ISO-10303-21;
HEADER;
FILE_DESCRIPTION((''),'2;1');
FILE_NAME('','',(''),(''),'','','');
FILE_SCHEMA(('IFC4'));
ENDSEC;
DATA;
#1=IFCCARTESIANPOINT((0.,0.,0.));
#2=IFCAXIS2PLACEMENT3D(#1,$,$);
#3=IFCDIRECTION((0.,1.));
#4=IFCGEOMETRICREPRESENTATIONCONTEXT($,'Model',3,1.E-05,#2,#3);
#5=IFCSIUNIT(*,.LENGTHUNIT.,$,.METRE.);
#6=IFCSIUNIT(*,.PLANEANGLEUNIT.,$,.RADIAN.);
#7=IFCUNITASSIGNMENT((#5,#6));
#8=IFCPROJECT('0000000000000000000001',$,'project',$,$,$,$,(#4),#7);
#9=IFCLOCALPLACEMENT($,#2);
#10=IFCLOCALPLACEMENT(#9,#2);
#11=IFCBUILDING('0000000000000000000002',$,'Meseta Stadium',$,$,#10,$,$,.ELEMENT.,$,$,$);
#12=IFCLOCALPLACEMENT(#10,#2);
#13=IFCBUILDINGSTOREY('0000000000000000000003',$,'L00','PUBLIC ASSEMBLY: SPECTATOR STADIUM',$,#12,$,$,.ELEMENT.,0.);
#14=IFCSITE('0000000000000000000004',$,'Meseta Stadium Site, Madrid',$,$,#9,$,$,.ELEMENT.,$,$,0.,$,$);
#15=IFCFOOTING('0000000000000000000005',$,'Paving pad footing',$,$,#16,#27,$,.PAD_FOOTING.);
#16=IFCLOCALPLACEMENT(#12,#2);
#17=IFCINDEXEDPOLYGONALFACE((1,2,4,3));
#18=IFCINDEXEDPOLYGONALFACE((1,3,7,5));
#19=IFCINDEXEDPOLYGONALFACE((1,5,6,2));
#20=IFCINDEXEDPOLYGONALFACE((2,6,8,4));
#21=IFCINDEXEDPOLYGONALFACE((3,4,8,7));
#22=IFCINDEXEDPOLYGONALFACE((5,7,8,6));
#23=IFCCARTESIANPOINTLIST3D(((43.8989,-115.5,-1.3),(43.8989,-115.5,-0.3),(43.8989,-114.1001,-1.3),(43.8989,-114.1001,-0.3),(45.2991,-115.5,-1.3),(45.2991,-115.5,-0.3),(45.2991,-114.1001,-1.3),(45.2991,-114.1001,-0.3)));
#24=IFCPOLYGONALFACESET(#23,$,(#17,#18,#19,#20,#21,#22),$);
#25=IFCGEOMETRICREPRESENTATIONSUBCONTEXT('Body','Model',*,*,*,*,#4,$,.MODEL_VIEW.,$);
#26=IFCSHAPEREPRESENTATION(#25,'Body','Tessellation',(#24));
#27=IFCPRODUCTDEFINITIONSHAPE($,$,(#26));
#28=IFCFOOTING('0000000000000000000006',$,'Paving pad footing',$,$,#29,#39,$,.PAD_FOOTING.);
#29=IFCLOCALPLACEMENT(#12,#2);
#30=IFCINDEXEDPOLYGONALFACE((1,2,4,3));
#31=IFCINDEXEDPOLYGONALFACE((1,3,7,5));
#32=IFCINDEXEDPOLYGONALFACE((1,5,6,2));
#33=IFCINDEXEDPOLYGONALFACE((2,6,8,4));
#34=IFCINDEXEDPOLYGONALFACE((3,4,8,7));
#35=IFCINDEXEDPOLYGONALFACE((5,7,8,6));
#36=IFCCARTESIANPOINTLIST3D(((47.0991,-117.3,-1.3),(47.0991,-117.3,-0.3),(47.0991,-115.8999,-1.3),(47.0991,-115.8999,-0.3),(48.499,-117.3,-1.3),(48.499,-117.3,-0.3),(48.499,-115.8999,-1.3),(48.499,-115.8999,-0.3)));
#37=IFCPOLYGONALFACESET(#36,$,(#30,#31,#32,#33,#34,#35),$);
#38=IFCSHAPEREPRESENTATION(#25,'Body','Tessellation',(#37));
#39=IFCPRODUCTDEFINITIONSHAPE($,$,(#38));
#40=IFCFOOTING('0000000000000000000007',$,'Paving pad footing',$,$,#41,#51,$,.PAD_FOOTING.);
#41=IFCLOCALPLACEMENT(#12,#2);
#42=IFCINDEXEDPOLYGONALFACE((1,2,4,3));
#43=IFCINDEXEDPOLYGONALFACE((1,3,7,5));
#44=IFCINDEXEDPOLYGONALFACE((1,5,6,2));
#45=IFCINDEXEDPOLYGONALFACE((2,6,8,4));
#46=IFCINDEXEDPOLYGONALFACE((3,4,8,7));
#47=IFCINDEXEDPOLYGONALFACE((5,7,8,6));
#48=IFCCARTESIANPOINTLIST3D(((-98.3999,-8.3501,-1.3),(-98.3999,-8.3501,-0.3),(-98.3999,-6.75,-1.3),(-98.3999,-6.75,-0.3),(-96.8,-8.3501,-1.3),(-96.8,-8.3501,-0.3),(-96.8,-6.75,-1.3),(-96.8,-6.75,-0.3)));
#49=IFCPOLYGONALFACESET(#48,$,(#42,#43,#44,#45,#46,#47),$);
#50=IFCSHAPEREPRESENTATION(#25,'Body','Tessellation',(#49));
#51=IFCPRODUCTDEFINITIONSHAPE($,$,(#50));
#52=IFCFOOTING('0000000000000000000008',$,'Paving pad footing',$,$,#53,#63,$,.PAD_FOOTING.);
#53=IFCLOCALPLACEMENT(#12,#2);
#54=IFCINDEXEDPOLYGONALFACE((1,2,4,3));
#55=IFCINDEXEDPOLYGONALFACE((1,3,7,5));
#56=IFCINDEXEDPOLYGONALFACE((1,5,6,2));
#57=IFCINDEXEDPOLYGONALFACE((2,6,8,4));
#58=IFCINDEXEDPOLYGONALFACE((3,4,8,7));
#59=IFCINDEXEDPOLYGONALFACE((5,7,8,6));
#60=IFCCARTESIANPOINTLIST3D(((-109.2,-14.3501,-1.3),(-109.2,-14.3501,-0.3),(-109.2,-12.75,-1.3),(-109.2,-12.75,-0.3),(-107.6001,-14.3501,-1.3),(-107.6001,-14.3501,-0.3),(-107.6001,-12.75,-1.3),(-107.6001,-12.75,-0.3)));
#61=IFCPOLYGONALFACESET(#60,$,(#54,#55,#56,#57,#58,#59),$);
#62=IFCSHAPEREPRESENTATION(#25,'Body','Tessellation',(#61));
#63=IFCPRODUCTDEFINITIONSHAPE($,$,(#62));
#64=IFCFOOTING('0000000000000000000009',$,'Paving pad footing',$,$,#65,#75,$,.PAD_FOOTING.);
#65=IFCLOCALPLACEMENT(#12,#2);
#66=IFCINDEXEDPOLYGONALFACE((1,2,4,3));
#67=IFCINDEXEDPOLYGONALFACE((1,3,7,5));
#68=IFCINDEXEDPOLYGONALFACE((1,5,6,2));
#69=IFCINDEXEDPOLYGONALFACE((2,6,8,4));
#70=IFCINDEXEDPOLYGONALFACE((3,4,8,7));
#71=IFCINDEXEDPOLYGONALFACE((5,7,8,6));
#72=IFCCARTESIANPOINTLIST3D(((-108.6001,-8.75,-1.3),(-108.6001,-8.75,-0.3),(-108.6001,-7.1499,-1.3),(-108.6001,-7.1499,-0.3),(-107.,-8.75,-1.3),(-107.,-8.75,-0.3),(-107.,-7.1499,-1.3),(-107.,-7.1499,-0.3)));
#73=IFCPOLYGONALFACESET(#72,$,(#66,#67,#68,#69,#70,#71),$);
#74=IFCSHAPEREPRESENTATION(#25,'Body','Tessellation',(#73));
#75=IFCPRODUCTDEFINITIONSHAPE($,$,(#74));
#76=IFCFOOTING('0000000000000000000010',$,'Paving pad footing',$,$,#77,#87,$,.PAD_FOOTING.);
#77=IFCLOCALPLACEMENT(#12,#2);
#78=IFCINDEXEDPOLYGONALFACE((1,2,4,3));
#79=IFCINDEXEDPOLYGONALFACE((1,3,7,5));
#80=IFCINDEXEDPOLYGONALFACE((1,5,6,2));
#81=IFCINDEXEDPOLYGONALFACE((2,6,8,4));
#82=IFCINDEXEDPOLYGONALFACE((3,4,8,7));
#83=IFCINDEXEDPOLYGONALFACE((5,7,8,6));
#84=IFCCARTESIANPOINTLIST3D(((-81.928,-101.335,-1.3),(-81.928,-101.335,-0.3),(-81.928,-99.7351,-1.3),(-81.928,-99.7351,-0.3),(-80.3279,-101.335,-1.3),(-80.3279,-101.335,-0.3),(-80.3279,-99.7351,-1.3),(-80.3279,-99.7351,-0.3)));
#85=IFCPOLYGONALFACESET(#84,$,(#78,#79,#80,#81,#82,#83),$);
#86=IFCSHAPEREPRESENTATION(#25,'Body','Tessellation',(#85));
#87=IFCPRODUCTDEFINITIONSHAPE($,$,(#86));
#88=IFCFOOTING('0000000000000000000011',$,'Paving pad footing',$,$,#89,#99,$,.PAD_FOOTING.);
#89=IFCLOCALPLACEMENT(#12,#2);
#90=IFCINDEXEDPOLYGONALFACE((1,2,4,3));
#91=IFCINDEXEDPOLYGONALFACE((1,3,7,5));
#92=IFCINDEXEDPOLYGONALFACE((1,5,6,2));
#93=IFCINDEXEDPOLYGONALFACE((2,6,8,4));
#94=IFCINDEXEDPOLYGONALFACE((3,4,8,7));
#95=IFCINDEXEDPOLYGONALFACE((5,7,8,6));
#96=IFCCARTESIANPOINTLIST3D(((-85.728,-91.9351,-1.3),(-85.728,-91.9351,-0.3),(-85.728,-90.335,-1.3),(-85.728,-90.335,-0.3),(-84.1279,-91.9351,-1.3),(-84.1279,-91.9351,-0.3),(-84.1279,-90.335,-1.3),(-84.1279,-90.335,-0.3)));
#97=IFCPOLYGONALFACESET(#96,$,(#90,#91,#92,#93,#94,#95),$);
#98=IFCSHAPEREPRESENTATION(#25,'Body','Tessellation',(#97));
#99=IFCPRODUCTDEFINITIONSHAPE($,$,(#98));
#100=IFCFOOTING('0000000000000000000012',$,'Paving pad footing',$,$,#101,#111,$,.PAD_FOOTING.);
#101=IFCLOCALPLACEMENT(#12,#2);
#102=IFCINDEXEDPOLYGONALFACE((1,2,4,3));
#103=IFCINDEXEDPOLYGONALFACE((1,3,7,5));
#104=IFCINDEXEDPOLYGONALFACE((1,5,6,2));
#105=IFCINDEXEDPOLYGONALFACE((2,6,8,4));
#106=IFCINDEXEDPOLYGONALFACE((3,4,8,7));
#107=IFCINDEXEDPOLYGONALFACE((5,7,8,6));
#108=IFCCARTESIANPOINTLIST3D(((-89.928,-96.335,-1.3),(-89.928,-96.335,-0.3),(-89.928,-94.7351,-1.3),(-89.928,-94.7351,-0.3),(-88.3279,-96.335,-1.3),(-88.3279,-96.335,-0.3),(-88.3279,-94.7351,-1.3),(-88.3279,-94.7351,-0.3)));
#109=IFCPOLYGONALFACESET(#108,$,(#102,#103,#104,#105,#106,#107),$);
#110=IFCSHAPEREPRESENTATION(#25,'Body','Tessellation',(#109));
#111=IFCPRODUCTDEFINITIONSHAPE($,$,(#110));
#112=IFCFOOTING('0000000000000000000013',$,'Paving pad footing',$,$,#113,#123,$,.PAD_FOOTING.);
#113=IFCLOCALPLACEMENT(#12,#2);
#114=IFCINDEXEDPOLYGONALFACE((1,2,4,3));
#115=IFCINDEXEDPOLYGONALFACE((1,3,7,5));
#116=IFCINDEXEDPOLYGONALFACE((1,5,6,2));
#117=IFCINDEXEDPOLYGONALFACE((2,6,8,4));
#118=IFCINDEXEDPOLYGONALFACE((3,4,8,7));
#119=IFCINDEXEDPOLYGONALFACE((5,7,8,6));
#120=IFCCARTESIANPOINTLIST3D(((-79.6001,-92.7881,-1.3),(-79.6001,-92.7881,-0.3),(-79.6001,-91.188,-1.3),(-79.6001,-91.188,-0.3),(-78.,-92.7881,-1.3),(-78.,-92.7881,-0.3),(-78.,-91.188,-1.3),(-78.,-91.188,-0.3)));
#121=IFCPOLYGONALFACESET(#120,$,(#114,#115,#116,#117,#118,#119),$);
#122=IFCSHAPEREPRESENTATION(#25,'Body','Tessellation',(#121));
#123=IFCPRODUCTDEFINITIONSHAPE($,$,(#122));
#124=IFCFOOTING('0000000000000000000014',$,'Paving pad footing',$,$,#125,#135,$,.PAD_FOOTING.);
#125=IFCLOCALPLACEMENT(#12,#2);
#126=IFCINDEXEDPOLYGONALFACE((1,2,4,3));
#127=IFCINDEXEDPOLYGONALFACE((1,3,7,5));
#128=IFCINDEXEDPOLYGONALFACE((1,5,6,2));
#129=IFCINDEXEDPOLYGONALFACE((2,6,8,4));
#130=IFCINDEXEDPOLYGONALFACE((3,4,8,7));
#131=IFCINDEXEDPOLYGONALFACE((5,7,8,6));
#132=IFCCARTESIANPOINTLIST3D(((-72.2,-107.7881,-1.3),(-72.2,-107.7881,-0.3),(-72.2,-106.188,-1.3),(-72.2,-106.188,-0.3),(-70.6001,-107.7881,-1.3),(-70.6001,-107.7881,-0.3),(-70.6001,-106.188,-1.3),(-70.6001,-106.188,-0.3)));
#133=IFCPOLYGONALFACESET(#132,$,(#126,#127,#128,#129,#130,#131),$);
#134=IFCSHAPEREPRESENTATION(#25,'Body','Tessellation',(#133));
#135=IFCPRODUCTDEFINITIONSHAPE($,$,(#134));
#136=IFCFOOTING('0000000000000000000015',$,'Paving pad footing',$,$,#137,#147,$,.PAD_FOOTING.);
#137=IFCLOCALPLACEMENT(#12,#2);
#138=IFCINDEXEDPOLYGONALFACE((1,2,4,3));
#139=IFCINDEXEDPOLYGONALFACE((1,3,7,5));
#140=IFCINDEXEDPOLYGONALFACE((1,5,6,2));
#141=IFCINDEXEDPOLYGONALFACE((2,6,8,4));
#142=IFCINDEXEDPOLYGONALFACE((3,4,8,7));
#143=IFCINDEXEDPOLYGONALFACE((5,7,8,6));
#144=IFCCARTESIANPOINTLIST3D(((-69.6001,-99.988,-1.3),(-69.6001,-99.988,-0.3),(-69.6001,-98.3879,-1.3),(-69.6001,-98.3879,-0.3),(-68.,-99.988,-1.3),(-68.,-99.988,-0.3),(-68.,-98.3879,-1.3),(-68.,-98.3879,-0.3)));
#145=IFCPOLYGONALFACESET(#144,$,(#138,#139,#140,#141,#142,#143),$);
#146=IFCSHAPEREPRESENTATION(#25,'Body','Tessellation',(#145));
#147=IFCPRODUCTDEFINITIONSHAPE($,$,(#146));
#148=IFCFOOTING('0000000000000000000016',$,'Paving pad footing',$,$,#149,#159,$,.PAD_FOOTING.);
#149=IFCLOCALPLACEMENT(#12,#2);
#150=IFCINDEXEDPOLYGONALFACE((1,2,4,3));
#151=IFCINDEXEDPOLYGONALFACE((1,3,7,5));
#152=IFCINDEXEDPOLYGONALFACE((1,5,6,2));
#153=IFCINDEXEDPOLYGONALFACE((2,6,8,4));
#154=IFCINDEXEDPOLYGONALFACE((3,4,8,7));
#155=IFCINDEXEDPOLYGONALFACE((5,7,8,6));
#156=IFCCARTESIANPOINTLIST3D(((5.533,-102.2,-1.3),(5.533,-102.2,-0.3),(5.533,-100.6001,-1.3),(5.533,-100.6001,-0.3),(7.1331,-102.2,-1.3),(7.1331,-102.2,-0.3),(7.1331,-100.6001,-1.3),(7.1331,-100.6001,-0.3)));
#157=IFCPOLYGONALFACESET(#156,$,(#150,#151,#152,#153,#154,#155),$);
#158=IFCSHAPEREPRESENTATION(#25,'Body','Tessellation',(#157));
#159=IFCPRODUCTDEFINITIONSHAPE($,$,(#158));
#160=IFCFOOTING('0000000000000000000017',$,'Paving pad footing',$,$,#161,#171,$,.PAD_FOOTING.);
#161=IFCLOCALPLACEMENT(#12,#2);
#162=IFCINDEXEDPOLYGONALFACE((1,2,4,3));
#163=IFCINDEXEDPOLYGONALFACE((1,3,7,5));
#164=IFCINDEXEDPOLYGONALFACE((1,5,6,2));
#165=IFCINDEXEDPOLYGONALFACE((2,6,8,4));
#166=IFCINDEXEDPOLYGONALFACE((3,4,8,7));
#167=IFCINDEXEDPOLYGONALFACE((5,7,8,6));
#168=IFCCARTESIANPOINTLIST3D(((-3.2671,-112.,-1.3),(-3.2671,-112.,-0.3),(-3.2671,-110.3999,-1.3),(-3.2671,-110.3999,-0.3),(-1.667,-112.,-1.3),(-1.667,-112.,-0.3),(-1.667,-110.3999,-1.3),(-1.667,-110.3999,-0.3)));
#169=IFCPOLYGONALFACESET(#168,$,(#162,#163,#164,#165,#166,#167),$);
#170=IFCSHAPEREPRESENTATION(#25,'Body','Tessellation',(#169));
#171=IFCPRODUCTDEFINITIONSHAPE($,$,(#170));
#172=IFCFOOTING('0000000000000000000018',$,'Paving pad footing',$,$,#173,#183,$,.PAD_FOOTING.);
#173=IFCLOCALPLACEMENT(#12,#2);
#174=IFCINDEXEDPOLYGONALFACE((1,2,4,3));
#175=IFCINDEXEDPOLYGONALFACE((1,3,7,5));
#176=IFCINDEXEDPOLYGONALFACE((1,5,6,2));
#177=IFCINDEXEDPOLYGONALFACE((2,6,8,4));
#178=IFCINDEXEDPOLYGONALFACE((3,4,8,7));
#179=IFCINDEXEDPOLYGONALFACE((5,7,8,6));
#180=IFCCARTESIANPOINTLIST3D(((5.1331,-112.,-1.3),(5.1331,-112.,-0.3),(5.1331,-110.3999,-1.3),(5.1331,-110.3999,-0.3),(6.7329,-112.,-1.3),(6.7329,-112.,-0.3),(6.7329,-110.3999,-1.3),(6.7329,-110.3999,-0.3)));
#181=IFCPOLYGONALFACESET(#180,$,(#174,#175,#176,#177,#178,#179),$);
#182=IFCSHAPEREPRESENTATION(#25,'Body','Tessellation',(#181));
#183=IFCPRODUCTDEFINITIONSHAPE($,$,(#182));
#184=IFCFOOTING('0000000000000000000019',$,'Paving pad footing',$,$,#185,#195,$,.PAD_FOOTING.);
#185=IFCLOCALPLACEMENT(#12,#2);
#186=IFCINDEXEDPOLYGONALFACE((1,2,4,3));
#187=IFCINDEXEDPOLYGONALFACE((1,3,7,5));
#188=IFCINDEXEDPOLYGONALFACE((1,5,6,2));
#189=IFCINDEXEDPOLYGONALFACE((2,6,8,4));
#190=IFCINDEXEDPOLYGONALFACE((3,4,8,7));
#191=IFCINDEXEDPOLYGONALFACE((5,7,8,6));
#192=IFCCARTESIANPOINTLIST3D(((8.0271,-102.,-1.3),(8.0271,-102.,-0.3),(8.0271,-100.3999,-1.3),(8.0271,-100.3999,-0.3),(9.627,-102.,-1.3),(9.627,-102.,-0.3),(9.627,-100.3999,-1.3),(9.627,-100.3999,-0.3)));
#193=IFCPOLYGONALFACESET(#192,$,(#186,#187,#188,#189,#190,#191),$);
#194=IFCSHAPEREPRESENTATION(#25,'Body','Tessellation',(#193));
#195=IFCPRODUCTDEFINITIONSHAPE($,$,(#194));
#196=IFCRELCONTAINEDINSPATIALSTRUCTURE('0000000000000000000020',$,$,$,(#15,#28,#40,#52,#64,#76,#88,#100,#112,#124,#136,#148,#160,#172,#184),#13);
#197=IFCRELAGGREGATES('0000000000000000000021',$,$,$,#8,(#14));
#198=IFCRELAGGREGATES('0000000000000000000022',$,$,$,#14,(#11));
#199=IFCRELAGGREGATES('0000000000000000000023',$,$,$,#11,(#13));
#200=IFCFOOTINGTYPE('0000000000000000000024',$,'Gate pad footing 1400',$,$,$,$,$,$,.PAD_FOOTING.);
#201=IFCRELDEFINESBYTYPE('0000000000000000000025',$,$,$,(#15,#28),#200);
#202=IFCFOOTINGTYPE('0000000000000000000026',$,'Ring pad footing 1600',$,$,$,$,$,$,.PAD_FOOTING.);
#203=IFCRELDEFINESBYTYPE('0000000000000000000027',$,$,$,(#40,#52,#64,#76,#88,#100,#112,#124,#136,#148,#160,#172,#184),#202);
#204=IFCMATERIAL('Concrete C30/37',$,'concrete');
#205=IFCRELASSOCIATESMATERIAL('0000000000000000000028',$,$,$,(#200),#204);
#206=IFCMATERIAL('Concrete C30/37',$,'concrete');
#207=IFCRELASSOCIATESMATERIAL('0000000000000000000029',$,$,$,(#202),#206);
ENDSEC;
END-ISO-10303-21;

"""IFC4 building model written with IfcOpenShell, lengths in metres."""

from ifc_helpers import new_model, si_unit, direction, frame, origin, place, context, subcontext, project, spatial, polyline, outline, extrude, material, type_object, element, save


model = new_model("IFC4")

# Units and contexts
model_context = context("Model", 3, precision=1e-05, world=origin(), true_north=direction((0.0, 1.0)))
body_context = subcontext(model_context, "Body", "Model", "MODEL_VIEW")
ifc_project = project(units=[si_unit("LENGTHUNIT", "METRE"), si_unit("PLANEANGLEUNIT", "RADIAN")], contexts=[model_context])

# Site, building, storey
site_placement = place(None, origin())
site = spatial("IfcSite", under=ifc_project, at=site_placement, Name="Meseta Stadium Site, Madrid", CompositionType="ELEMENT", RefElevation=0.0)
building_placement = place(site_placement, origin())
building = spatial("IfcBuilding", under=site, at=building_placement, Name="Meseta Stadium", CompositionType="ELEMENT")
storey_placement = place(building_placement, origin())
storey = spatial("IfcBuildingStorey", under=building, at=storey_placement, Name="L00", Description="PUBLIC ASSEMBLY: SPECTATOR STADIUM", CompositionType="ELEMENT", Elevation=0.0)

# Footings
ifc_material_1 = material(Name="Concrete C30/37", Category="concrete")
footing_type_1 = type_object("IfcFootingType", Name="Gate pad footing 1400", PredefinedType="PAD_FOOTING", material=ifc_material_1)
footing_1_placement = place(storey_placement, frame((0.0, 0.0, -1.3)))
element("IfcFooting", 1, at=footing_1_placement, inside=storey, type_object=footing_type_1, Name="Paving pad footing", PredefinedType="PAD_FOOTING", context=body_context, shape_type="SweptSolid", body=[
    extrude(outline(polyline([(45.2991, -115.5), (45.2991, -114.1001), (43.8989, -114.1001), (43.8989, -115.5), (45.2991, -115.5)])), origin(), (0.0, 0.0, 1.0), 1.0),
])
footing_2_placement = place(storey_placement, frame((0.0, 0.0, -1.3)))
element("IfcFooting", 2, at=footing_2_placement, inside=storey, type_object=footing_type_1, Name="Paving pad footing", PredefinedType="PAD_FOOTING", context=body_context, shape_type="SweptSolid", body=[
    extrude(outline(polyline([(48.499, -117.3), (48.499, -115.8999), (47.0991, -115.8999), (47.0991, -117.3), (48.499, -117.3)])), origin(), (0.0, 0.0, 1.0), 1.0),
])
ifc_material_2 = material(Name="Concrete C30/37", Category="concrete")
footing_type_2 = type_object("IfcFootingType", Name="Ring pad footing 1600", PredefinedType="PAD_FOOTING", material=ifc_material_2)
footing_3_placement = place(storey_placement, frame((0.0, 0.0, -1.3)))
element("IfcFooting", 3, at=footing_3_placement, inside=storey, type_object=footing_type_2, Name="Paving pad footing", PredefinedType="PAD_FOOTING", context=body_context, shape_type="SweptSolid", body=[
    extrude(outline(polyline([(-96.8, -8.3501), (-96.8, -6.75), (-98.3999, -6.75), (-98.3999, -8.3501), (-96.8, -8.3501)])), origin(), (0.0, 0.0, 1.0), 1.0),
])
footing_4_placement = place(storey_placement, frame((0.0, 0.0, -1.3)))
element("IfcFooting", 4, at=footing_4_placement, inside=storey, type_object=footing_type_2, Name="Paving pad footing", PredefinedType="PAD_FOOTING", context=body_context, shape_type="SweptSolid", body=[
    extrude(outline(polyline([(-107.6001, -14.3501), (-107.6001, -12.75), (-109.2, -12.75), (-109.2, -14.3501), (-107.6001, -14.3501)])), origin(), (0.0, 0.0, 1.0), 1.0),
])
footing_5_placement = place(storey_placement, frame((0.0, 0.0, -1.3)))
element("IfcFooting", 5, at=footing_5_placement, inside=storey, type_object=footing_type_2, Name="Paving pad footing", PredefinedType="PAD_FOOTING", context=body_context, shape_type="SweptSolid", body=[
    extrude(outline(polyline([(-107.0, -8.75), (-107.0, -7.1499), (-108.6001, -7.1499), (-108.6001, -8.75), (-107.0, -8.75)])), origin(), (0.0, 0.0, 1.0), 1.0),
])
footing_6_placement = place(storey_placement, frame((0.0, 0.0, -1.3)))
element("IfcFooting", 6, at=footing_6_placement, inside=storey, type_object=footing_type_2, Name="Paving pad footing", PredefinedType="PAD_FOOTING", context=body_context, shape_type="SweptSolid", body=[
    extrude(outline(polyline([(-80.3279, -101.335), (-80.3279, -99.7351), (-81.928, -99.7351), (-81.928, -101.335), (-80.3279, -101.335)])), origin(), (0.0, 0.0, 1.0), 1.0),
])
footing_7_placement = place(storey_placement, frame((0.0, 0.0, -1.3)))
element("IfcFooting", 7, at=footing_7_placement, inside=storey, type_object=footing_type_2, Name="Paving pad footing", PredefinedType="PAD_FOOTING", context=body_context, shape_type="SweptSolid", body=[
    extrude(outline(polyline([(-84.1279, -91.9351), (-84.1279, -90.335), (-85.728, -90.335), (-85.728, -91.9351), (-84.1279, -91.9351)])), origin(), (0.0, 0.0, 1.0), 1.0),
])
footing_8_placement = place(storey_placement, frame((0.0, 0.0, -1.3)))
element("IfcFooting", 8, at=footing_8_placement, inside=storey, type_object=footing_type_2, Name="Paving pad footing", PredefinedType="PAD_FOOTING", context=body_context, shape_type="SweptSolid", body=[
    extrude(outline(polyline([(-88.3279, -96.335), (-88.3279, -94.7351), (-89.928, -94.7351), (-89.928, -96.335), (-88.3279, -96.335)])), origin(), (0.0, 0.0, 1.0), 1.0),
])
footing_9_placement = place(storey_placement, frame((0.0, 0.0, -1.3)))
element("IfcFooting", 9, at=footing_9_placement, inside=storey, type_object=footing_type_2, Name="Paving pad footing", PredefinedType="PAD_FOOTING", context=body_context, shape_type="SweptSolid", body=[
    extrude(outline(polyline([(-78.0, -92.7881), (-78.0, -91.188), (-79.6001, -91.188), (-79.6001, -92.7881), (-78.0, -92.7881)])), origin(), (0.0, 0.0, 1.0), 1.0),
])
footing_10_placement = place(storey_placement, frame((0.0, 0.0, -1.3)))
element("IfcFooting", 10, at=footing_10_placement, inside=storey, type_object=footing_type_2, Name="Paving pad footing", PredefinedType="PAD_FOOTING", context=body_context, shape_type="SweptSolid", body=[
    extrude(outline(polyline([(-70.6001, -107.7881), (-70.6001, -106.188), (-72.2, -106.188), (-72.2, -107.7881), (-70.6001, -107.7881)])), origin(), (0.0, 0.0, 1.0), 1.0),
])
footing_11_placement = place(storey_placement, frame((0.0, 0.0, -1.3)))
element("IfcFooting", 11, at=footing_11_placement, inside=storey, type_object=footing_type_2, Name="Paving pad footing", PredefinedType="PAD_FOOTING", context=body_context, shape_type="SweptSolid", body=[
    extrude(outline(polyline([(-68.0, -99.988), (-68.0, -98.3879), (-69.6001, -98.3879), (-69.6001, -99.988), (-68.0, -99.988)])), origin(), (0.0, 0.0, 1.0), 1.0),
])
footing_12_placement = place(storey_placement, frame((0.0, 0.0, -1.3)))
element("IfcFooting", 12, at=footing_12_placement, inside=storey, type_object=footing_type_2, Name="Paving pad footing", PredefinedType="PAD_FOOTING", context=body_context, shape_type="SweptSolid", body=[
    extrude(outline(polyline([(7.1331, -102.2), (7.1331, -100.6001), (5.533, -100.6001), (5.533, -102.2), (7.1331, -102.2)])), origin(), (0.0, 0.0, 1.0), 1.0),
])
footing_13_placement = place(storey_placement, frame((0.0, 0.0, -1.3)))
element("IfcFooting", 13, at=footing_13_placement, inside=storey, type_object=footing_type_2, Name="Paving pad footing", PredefinedType="PAD_FOOTING", context=body_context, shape_type="SweptSolid", body=[
    extrude(outline(polyline([(-1.667, -112.0), (-1.667, -110.3999), (-3.2671, -110.3999), (-3.2671, -112.0), (-1.667, -112.0)])), origin(), (0.0, 0.0, 1.0), 1.0),
])
footing_14_placement = place(storey_placement, frame((0.0, 0.0, -1.3)))
element("IfcFooting", 14, at=footing_14_placement, inside=storey, type_object=footing_type_2, Name="Paving pad footing", PredefinedType="PAD_FOOTING", context=body_context, shape_type="SweptSolid", body=[
    extrude(outline(polyline([(6.7329, -112.0), (6.7329, -110.3999), (5.1331, -110.3999), (5.1331, -112.0), (6.7329, -112.0)])), origin(), (0.0, 0.0, 1.0), 1.0),
])
footing_15_placement = place(storey_placement, frame((0.0, 0.0, -1.3)))
element("IfcFooting", 15, at=footing_15_placement, inside=storey, type_object=footing_type_2, Name="Paving pad footing", PredefinedType="PAD_FOOTING", context=body_context, shape_type="SweptSolid", body=[
    extrude(outline(polyline([(9.627, -102.0), (9.627, -100.3999), (8.0271, -100.3999), (8.0271, -102.0), (9.627, -102.0)])), origin(), (0.0, 0.0, 1.0), 1.0),
])

save(model, "model.ifc")
